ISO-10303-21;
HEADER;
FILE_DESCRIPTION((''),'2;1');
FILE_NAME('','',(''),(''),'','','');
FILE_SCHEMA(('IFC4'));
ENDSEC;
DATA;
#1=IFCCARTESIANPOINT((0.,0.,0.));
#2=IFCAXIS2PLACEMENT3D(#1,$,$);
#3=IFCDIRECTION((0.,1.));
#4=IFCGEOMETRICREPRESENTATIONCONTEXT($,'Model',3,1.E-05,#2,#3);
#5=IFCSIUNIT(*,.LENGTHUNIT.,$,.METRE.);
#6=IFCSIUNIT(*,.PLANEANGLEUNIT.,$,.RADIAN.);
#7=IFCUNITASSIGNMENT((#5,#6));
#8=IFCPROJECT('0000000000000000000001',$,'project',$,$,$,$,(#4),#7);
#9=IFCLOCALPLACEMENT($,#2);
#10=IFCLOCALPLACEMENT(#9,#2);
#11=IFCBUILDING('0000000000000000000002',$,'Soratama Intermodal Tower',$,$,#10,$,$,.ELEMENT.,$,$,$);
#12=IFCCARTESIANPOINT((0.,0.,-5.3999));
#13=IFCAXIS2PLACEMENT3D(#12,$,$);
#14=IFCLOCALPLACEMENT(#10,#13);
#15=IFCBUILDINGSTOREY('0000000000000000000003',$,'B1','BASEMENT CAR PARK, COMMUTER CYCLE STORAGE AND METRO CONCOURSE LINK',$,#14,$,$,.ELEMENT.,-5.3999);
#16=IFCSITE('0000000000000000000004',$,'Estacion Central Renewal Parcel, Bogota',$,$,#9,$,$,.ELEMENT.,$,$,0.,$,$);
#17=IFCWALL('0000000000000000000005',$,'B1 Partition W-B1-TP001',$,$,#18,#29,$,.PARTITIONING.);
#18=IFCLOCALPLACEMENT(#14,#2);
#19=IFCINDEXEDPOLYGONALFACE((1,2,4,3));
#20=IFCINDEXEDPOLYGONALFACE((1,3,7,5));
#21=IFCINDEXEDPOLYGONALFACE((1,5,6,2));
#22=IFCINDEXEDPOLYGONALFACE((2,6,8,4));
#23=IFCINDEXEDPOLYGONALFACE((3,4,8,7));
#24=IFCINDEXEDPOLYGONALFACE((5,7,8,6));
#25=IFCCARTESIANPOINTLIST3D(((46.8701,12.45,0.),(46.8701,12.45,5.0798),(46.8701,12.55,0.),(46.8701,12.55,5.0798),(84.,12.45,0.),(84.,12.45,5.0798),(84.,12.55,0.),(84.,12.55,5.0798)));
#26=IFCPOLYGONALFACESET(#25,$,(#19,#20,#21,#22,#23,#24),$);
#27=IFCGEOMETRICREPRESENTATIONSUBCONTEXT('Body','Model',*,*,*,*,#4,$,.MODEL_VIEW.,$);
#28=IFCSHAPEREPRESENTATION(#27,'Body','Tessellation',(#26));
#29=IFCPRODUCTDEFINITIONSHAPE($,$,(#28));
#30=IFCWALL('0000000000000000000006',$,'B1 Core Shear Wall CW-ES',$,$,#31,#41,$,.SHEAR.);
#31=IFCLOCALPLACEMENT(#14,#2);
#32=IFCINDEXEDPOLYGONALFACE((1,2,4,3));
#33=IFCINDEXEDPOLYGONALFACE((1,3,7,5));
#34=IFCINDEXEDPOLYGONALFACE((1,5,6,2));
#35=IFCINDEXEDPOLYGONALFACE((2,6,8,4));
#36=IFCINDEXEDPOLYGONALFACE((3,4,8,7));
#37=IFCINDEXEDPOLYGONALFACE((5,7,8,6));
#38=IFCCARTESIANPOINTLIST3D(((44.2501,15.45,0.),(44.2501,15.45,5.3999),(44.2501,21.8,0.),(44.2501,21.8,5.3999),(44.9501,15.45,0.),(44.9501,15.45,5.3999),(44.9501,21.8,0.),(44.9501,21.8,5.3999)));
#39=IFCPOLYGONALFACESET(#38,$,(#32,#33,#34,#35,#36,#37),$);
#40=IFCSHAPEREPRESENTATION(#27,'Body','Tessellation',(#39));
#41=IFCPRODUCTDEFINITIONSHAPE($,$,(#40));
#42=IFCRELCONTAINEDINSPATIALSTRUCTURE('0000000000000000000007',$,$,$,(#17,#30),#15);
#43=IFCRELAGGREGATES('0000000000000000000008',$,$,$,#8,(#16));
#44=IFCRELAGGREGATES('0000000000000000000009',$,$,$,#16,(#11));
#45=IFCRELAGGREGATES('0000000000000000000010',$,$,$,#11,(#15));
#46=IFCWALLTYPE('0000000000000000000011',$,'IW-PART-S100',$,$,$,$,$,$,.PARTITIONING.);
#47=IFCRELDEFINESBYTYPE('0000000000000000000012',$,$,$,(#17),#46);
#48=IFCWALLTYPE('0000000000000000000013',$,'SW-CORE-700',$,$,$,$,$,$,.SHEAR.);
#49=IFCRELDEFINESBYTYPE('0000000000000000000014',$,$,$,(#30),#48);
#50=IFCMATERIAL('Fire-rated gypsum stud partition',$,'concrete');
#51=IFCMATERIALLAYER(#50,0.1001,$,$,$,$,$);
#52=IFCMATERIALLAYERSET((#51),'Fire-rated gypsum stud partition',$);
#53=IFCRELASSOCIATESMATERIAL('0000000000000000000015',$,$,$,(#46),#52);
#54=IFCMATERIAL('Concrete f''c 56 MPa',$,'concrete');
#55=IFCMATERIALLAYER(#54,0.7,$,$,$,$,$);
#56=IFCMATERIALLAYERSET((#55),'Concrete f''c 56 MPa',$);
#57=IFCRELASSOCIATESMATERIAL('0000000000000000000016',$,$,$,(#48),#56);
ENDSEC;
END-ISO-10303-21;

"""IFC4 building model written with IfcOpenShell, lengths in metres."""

from ifc_helpers import new_model, si_unit, direction, frame, frame_2d, origin, place, context, subcontext, project, spatial, rectangle, extrude, material, layer, layer_set, type_object, element, save


model = new_model("IFC4")

# Units and contexts
model_context = context("Model", 3, precision=1e-05, world=origin(), true_north=direction((0.0, 1.0)))
body_context = subcontext(model_context, "Body", "Model", "MODEL_VIEW")
ifc_project = project(units=[si_unit("LENGTHUNIT", "METRE"), si_unit("PLANEANGLEUNIT", "RADIAN")], contexts=[model_context])

# Site, building, storey
site_placement = place(None, origin())
site = spatial("IfcSite", under=ifc_project, at=site_placement, Name="Estacion Central Renewal Parcel, Bogota", CompositionType="ELEMENT", RefElevation=0.0)
building_placement = place(site_placement, origin())
building = spatial("IfcBuilding", under=site, at=building_placement, Name="Soratama Intermodal Tower", CompositionType="ELEMENT")
storey_placement = place(building_placement, frame((0.0, 0.0, -5.3999)))
storey = spatial("IfcBuildingStorey", under=building, at=storey_placement, Name="B1", Description="BASEMENT CAR PARK, COMMUTER CYCLE STORAGE AND METRO CONCOURSE LINK", CompositionType="ELEMENT", Elevation=-5.3999)

# Walls
ifc_material_1 = material(Name="Fire-rated gypsum stud partition", Category="concrete")
ifc_layer_1 = layer(ifc_material_1, 0.1001)
ifc_layer_set_1 = layer_set([ifc_layer_1], Name="Fire-rated gypsum stud partition")
wall_type_1 = type_object("IfcWallType", Name="IW-PART-S100", PredefinedType="PARTITIONING", material=ifc_layer_set_1)
wall_1_placement = place(storey_placement, frame((46.8701, 12.5, 0.0), z_axis=(0.0, 0.0, 1.0), x_axis=(1.0, 0.0, 0.0)))
element("IfcWall", 1, at=wall_1_placement, inside=storey, type_object=wall_type_1, Name="B1 Partition W-B1-TP001", PredefinedType="PARTITIONING", context=body_context, shape_type="SweptSolid", body=[
    extrude(rectangle(XDim=37.1299, YDim=0.1001, at=frame_2d((18.5649, 0.0))), origin(), (0.0, 0.0, 1.0), 5.0798),
])
ifc_material_2 = material(Name="Concrete f'c 56 MPa", Category="concrete")
ifc_layer_2 = layer(ifc_material_2, 0.7)
ifc_layer_set_2 = layer_set([ifc_layer_2], Name="Concrete f'c 56 MPa")
wall_type_2 = type_object("IfcWallType", Name="SW-CORE-700", PredefinedType="SHEAR", material=ifc_layer_set_2)
wall_2_placement = place(storey_placement, frame((44.6001, 15.45, 0.0), z_axis=(0.0, 0.0, 1.0), x_axis=(0.0, 1.0, 0.0)))
element("IfcWall", 2, at=wall_2_placement, inside=storey, type_object=wall_type_2, Name="B1 Core Shear Wall CW-ES", PredefinedType="SHEAR", context=body_context, shape_type="SweptSolid", body=[
    extrude(rectangle(XDim=6.3501, YDim=0.7, at=frame_2d((3.175, 0.0))), origin(), (0.0, 0.0, 1.0), 5.3999),
])

save(model, "model.ifc")
